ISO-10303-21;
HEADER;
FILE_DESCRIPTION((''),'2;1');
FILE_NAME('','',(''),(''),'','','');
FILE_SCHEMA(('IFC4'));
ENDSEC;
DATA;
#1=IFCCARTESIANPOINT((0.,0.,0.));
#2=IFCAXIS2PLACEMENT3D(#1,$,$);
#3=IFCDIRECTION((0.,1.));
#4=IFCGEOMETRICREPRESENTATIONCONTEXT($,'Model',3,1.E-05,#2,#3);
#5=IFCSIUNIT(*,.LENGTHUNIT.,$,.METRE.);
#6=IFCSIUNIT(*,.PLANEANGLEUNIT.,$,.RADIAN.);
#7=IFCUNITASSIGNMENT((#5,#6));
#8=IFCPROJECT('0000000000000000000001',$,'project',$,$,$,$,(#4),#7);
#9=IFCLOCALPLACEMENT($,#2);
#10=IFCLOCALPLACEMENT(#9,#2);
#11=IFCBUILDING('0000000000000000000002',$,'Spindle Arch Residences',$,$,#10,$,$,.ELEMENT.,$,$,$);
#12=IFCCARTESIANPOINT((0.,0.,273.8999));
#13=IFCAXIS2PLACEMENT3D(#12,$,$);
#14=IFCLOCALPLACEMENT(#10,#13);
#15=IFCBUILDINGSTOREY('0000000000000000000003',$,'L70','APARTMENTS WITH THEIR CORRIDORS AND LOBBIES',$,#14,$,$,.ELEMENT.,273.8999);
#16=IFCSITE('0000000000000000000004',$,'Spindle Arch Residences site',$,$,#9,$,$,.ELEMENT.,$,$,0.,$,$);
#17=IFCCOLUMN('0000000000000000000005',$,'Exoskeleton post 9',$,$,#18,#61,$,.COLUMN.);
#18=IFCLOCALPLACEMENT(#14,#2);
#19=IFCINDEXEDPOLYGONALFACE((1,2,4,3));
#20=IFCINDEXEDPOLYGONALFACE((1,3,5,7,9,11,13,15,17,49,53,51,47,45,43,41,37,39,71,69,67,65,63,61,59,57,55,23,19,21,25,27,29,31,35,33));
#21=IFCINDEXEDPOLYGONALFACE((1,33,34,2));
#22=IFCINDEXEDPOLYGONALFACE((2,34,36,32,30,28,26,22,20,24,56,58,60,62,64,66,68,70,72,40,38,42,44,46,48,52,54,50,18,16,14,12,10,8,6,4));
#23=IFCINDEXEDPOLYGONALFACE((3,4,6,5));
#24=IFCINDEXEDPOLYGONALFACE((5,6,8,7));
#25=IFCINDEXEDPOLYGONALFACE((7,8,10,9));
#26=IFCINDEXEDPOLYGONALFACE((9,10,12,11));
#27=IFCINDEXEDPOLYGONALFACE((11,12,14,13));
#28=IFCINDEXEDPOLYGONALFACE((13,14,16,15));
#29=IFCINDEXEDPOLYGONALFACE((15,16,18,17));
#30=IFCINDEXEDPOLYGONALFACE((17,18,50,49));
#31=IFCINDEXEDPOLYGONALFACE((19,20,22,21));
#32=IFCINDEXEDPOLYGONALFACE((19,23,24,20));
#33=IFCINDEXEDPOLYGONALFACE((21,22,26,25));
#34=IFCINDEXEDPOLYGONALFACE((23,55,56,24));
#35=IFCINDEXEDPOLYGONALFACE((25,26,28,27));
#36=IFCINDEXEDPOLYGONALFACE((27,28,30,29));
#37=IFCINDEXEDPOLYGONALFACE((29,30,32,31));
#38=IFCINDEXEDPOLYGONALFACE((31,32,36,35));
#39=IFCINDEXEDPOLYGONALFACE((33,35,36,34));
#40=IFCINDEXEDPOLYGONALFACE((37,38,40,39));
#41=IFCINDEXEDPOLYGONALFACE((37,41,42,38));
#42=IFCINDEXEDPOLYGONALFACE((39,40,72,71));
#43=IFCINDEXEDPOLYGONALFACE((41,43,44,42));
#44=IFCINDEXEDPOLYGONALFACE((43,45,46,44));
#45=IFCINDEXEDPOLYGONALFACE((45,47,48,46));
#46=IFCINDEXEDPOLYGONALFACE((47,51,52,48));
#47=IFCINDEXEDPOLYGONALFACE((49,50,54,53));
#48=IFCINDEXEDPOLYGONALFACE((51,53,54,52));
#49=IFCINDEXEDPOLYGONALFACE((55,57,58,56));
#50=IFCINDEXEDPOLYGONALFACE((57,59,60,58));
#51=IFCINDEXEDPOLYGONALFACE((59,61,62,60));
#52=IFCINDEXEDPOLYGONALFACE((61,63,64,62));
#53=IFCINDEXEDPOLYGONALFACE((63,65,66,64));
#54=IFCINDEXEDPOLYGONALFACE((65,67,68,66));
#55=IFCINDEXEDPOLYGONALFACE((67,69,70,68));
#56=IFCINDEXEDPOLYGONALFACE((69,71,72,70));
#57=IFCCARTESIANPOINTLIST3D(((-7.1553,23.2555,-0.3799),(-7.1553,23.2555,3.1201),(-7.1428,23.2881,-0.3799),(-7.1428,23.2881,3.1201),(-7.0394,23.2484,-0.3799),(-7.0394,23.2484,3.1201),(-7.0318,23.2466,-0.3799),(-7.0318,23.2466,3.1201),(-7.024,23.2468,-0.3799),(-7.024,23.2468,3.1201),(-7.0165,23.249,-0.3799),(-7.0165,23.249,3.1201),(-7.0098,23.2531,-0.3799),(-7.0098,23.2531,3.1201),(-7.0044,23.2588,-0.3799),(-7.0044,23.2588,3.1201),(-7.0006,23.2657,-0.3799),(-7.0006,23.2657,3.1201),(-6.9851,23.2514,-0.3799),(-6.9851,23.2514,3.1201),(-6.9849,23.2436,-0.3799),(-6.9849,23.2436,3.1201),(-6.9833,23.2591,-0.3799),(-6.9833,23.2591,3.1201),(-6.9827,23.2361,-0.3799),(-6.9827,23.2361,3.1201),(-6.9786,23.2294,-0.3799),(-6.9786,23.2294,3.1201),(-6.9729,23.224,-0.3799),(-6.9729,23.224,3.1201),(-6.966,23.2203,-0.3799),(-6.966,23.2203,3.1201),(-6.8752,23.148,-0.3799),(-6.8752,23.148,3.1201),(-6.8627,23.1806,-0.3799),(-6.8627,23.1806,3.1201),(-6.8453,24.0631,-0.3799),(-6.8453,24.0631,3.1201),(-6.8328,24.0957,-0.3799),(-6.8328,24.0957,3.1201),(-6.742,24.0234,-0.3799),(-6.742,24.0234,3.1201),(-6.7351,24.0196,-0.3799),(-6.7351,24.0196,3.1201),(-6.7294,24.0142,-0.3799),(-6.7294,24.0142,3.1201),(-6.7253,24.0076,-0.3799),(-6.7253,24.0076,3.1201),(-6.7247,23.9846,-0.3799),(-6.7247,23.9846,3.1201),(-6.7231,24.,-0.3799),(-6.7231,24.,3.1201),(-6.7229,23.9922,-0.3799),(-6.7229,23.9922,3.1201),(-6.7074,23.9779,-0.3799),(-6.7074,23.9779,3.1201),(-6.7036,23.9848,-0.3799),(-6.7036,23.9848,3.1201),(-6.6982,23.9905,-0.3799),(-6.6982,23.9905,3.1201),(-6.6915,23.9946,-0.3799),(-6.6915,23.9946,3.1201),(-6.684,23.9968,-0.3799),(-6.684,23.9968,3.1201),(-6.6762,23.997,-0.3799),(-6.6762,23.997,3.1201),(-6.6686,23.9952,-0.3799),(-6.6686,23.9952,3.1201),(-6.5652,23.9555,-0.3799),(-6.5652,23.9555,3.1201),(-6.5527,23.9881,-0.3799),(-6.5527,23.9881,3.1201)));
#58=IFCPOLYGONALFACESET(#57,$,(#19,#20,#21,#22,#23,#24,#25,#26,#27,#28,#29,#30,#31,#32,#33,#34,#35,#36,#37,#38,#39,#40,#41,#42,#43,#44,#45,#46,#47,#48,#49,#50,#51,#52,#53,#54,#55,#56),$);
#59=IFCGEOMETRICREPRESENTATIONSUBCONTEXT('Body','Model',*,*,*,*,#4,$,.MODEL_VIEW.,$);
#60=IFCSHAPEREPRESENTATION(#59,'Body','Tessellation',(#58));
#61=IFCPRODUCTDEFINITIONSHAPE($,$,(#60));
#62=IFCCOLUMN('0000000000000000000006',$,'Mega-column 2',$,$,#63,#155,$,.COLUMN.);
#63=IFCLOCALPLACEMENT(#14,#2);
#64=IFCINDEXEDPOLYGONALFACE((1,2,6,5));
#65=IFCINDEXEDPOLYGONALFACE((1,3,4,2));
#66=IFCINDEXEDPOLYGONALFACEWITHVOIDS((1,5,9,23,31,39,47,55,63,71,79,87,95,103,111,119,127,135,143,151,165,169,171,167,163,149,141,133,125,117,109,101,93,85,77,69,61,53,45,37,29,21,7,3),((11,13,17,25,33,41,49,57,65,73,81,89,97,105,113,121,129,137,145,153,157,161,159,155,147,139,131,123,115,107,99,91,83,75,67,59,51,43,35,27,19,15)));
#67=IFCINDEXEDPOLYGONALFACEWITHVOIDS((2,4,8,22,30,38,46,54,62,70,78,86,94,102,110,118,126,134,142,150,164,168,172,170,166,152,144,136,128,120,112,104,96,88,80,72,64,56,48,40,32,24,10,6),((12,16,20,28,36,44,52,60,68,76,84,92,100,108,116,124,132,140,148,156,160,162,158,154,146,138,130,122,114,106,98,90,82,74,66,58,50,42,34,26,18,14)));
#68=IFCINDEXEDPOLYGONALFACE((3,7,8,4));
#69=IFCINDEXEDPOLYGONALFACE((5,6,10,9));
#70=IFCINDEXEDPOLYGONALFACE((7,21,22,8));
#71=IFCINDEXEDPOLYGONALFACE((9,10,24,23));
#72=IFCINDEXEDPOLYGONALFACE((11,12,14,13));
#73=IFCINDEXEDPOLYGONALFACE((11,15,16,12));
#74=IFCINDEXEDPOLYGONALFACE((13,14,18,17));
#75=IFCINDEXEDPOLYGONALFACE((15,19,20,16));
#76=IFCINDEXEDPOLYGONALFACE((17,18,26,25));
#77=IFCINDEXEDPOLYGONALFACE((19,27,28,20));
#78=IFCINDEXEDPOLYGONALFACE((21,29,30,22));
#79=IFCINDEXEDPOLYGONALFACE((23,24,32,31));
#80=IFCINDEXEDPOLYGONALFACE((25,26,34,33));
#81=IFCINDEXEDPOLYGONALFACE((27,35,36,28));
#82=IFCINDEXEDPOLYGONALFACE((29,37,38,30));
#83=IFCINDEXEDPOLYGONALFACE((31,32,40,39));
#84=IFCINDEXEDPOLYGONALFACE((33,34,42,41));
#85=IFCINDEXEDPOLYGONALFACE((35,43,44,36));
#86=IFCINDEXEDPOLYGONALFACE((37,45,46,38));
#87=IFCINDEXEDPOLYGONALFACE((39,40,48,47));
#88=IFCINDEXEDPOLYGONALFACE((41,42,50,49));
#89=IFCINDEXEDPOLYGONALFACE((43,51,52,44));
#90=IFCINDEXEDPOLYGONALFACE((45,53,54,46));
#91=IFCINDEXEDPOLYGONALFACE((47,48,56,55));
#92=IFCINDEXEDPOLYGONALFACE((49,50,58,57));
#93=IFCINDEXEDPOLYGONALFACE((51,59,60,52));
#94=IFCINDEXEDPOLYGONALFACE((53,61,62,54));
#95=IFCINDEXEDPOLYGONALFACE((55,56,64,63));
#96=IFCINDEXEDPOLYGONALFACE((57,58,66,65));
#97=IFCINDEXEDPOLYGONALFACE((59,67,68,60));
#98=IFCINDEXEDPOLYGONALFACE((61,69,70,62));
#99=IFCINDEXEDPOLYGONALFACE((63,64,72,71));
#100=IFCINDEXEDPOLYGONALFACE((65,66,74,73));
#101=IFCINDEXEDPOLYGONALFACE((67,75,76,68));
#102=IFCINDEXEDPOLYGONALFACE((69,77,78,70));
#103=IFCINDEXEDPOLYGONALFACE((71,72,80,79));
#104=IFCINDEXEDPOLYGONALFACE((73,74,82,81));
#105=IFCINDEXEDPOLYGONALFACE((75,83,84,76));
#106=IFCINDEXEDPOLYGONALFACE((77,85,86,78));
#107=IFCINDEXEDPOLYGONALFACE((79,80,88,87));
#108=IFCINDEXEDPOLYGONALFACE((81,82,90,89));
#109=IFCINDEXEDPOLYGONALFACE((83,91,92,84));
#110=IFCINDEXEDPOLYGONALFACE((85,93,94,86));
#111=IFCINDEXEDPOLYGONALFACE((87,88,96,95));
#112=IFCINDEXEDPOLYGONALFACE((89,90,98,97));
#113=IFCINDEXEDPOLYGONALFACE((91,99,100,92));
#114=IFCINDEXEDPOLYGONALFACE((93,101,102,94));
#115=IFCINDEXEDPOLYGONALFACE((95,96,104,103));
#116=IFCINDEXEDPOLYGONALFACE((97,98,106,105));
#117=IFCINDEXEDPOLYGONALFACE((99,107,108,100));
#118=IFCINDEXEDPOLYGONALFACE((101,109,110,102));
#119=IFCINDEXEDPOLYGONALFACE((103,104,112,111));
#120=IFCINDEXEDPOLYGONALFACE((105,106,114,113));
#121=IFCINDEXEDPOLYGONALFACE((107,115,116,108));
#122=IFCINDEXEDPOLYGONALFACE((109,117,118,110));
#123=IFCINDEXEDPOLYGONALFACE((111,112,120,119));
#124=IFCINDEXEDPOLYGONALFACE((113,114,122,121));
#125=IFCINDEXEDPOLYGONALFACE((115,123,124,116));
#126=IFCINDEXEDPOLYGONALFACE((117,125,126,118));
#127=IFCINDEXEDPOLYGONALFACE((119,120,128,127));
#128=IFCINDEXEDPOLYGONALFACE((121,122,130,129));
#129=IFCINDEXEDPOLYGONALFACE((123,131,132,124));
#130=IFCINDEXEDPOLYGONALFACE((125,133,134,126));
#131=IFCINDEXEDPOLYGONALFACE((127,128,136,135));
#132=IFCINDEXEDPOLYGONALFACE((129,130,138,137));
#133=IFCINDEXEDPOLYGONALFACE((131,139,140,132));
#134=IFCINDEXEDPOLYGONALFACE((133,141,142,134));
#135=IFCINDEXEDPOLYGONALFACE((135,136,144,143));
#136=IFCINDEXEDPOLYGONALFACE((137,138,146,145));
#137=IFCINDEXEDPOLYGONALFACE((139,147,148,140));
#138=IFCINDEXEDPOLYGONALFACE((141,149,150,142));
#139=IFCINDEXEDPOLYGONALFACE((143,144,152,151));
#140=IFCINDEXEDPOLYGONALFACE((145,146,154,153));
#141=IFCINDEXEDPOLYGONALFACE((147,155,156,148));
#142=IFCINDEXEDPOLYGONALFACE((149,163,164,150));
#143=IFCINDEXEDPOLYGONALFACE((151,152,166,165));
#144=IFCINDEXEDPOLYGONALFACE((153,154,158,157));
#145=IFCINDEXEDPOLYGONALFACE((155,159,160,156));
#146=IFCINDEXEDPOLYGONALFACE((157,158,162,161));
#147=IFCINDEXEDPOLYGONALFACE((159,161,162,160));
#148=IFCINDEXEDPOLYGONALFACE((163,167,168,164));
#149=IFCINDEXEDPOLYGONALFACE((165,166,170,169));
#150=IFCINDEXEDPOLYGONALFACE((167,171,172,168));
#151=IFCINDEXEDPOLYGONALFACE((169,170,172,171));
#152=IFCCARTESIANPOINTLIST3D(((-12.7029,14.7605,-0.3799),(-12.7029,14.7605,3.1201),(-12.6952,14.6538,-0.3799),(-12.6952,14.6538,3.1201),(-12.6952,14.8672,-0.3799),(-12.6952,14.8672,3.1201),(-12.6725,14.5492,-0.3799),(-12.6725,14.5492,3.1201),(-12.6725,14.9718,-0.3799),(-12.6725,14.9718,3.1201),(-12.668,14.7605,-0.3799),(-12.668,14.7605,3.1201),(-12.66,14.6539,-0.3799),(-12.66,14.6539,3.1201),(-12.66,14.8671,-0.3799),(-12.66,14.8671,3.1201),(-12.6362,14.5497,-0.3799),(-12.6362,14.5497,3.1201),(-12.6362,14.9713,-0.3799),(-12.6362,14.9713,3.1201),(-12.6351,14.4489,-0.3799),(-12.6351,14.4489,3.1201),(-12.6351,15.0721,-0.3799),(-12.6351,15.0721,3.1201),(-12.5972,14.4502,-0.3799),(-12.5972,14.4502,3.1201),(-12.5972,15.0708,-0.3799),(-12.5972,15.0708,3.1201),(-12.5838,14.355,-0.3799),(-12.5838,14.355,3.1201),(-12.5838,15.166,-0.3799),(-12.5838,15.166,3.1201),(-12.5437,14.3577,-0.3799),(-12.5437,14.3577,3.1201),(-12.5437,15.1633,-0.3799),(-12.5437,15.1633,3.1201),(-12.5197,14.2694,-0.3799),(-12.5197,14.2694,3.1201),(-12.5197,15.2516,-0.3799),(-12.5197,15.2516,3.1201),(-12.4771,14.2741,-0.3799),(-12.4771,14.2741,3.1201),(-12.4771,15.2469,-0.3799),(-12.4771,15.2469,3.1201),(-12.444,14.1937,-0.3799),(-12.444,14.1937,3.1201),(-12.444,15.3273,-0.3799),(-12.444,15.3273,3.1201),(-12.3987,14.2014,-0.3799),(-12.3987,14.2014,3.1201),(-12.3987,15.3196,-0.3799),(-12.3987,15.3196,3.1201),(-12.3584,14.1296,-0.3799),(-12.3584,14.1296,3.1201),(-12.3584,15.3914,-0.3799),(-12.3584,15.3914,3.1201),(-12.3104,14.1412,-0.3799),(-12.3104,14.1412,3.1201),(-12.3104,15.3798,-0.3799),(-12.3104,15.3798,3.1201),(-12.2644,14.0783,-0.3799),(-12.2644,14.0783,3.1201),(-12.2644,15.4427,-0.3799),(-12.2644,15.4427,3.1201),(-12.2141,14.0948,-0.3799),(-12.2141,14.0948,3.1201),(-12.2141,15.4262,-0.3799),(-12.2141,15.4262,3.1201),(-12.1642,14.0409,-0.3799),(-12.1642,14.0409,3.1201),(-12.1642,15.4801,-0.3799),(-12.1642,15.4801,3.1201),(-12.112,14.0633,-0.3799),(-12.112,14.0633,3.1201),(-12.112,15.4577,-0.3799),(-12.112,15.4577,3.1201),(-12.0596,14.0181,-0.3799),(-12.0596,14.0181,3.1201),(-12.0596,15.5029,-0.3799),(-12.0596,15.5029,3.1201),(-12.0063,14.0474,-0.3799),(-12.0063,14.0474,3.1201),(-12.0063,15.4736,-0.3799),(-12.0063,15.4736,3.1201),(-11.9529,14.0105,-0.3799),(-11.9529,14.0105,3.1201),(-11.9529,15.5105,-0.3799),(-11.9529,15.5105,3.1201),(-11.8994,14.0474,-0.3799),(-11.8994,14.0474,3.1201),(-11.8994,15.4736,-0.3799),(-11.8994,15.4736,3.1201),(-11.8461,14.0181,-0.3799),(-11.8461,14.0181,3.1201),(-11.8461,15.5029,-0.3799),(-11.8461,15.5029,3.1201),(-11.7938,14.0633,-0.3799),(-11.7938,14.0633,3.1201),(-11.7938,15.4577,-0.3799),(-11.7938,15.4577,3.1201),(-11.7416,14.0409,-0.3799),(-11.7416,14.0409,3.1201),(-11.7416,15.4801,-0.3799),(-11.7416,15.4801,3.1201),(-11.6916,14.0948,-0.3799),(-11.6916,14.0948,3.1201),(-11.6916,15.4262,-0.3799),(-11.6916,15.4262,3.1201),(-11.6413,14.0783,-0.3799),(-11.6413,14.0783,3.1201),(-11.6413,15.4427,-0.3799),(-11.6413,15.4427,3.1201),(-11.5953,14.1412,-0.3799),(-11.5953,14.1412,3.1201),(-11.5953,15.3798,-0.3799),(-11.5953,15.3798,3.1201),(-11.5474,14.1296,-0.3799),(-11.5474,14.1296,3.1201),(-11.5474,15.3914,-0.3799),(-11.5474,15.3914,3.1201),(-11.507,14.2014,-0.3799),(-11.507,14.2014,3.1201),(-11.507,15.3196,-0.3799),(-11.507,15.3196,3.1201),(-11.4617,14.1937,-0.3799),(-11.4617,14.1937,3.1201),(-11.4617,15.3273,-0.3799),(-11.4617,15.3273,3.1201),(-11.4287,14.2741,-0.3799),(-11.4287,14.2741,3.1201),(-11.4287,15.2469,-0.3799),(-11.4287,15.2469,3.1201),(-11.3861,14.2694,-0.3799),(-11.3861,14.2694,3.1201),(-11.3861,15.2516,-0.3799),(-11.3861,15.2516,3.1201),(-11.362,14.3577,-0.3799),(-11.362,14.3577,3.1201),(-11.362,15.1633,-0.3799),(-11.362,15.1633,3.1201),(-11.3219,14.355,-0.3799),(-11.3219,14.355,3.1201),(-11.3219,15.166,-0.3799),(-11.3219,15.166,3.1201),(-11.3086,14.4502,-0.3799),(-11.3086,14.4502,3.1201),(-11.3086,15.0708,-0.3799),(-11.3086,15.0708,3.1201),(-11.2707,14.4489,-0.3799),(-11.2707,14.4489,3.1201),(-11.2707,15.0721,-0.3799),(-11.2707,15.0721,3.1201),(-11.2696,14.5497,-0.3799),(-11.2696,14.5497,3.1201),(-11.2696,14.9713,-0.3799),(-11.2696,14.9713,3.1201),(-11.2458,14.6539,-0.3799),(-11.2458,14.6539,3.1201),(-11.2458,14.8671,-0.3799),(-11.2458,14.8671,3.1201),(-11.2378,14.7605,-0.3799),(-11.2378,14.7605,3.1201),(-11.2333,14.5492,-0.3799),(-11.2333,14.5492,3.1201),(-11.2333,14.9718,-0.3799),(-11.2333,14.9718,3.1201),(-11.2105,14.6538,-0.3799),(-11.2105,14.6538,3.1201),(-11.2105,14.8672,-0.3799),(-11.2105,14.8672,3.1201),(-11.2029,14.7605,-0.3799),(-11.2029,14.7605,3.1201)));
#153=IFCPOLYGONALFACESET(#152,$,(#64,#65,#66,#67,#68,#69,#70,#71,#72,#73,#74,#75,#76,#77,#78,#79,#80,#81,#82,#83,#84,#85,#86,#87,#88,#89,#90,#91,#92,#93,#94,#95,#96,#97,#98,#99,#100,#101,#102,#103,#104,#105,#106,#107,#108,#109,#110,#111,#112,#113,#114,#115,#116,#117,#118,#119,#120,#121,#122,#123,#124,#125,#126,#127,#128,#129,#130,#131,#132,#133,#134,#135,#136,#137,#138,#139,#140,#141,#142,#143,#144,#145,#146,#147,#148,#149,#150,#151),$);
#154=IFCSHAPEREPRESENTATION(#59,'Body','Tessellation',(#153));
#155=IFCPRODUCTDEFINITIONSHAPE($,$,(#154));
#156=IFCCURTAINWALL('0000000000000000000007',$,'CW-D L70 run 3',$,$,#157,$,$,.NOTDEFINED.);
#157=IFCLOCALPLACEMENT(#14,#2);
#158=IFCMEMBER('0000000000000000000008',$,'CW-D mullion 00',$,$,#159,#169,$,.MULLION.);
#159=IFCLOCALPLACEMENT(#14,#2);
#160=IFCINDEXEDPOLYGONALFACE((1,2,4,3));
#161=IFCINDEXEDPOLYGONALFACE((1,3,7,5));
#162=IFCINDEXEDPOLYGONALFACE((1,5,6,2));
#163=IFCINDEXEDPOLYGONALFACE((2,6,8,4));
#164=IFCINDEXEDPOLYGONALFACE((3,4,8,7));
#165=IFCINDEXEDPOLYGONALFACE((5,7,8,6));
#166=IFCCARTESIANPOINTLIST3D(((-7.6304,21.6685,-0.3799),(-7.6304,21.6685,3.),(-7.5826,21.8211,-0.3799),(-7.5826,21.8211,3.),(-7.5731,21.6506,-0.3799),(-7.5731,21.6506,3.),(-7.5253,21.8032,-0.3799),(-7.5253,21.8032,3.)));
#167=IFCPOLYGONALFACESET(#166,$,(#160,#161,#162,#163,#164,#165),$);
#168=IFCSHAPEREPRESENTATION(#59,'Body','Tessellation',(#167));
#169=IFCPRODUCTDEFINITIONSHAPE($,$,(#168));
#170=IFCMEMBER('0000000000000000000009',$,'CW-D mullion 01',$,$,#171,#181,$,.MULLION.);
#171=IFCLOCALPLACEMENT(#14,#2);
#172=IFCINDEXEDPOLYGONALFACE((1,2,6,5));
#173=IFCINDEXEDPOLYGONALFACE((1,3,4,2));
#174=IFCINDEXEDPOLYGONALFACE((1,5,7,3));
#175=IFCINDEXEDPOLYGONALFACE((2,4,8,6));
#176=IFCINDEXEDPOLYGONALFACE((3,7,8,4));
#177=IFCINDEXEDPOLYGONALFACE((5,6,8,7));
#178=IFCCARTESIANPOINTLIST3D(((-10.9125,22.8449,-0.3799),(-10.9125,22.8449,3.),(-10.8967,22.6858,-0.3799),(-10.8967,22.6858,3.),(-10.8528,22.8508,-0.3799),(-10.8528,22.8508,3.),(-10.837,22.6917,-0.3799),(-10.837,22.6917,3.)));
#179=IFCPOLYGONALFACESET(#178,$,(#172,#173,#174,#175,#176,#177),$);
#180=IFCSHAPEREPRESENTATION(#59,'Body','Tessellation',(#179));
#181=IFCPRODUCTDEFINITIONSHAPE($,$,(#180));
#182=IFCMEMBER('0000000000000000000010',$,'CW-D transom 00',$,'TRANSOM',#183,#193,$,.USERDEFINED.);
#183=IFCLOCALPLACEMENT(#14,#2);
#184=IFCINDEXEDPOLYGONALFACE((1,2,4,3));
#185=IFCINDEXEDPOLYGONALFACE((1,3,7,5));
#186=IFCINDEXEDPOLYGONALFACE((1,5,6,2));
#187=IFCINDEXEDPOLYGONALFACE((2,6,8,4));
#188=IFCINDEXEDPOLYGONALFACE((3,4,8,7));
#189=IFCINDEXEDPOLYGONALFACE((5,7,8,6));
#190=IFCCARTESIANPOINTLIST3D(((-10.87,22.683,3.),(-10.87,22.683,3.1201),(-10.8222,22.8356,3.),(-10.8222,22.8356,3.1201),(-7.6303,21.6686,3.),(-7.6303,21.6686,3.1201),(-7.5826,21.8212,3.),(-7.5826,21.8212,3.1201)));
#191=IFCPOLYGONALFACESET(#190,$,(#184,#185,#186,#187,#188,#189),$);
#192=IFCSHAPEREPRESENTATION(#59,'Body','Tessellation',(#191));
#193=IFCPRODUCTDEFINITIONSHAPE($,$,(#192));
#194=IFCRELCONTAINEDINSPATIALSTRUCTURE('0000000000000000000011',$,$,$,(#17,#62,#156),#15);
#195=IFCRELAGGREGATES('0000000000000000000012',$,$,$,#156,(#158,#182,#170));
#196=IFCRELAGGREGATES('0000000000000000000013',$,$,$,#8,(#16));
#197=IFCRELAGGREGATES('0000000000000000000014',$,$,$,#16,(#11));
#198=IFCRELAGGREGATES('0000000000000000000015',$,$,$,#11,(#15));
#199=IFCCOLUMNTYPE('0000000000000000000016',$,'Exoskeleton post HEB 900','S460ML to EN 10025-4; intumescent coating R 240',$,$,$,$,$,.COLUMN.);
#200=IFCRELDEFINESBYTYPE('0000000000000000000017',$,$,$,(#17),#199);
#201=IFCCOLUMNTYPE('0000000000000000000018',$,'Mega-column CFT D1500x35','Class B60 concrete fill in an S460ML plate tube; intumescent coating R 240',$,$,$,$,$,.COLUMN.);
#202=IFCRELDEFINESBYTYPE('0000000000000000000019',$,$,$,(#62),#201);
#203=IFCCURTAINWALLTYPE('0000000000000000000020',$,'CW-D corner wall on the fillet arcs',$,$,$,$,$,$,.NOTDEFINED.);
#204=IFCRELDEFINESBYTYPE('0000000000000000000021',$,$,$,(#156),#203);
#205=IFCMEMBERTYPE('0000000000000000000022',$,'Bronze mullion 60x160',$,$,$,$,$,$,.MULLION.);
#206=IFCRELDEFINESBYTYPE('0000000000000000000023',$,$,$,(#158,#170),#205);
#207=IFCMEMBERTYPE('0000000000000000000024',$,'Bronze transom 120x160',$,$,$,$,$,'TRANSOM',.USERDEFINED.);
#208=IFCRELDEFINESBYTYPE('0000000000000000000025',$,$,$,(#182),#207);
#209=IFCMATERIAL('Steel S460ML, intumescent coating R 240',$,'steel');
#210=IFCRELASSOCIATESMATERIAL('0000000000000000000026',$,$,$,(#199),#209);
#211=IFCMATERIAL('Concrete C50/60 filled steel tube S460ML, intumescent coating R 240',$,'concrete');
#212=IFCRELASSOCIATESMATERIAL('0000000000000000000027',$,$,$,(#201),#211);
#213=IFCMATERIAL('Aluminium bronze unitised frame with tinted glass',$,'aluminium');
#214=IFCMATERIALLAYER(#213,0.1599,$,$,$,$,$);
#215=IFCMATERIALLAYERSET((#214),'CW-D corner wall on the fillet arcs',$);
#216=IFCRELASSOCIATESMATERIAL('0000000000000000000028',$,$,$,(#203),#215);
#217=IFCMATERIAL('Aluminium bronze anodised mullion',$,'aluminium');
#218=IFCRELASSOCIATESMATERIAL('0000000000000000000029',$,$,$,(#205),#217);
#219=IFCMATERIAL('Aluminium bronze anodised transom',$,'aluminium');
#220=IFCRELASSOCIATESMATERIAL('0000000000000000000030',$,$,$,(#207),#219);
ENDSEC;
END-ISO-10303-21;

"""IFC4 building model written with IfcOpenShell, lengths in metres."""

from ifc_helpers import new_model, si_unit, direction, frame, origin, origin_2d, place, context, subcontext, project, spatial, rectangle, hollow_circle, i_section, extrude, material, layer, layer_set, material_profile, profile_set, type_object, element, aggregate, save


model = new_model("IFC4")

# Units and contexts
model_context = context("Model", 3, precision=1e-05, world=origin(), true_north=direction((0.0, 1.0)))
body_context = subcontext(model_context, "Body", "Model", "MODEL_VIEW")
ifc_project = project(units=[si_unit("LENGTHUNIT", "METRE"), si_unit("PLANEANGLEUNIT", "RADIAN")], contexts=[model_context])

# Site, building, storey
site_placement = place(None, origin())
site = spatial("IfcSite", under=ifc_project, at=site_placement, Name="Spindle Arch Residences site", CompositionType="ELEMENT", RefElevation=0.0)
building_placement = place(site_placement, origin())
building = spatial("IfcBuilding", under=site, at=building_placement, Name="Spindle Arch Residences", CompositionType="ELEMENT")
storey_placement = place(building_placement, frame((0.0, 0.0, 273.8999)))
storey = spatial("IfcBuildingStorey", under=building, at=storey_placement, Name="L70", Description="APARTMENTS WITH THEIR CORRIDORS AND LOBBIES", CompositionType="ELEMENT", Elevation=273.8999)

# Columns
ifc_material_1 = material(Name="Steel S460ML, intumescent coating R 240", Category="steel")
ifc_material_profile_1 = material_profile(ifc_material_1, i_section(OverallWidth=0.3, OverallDepth=0.8999, WebThickness=0.0186, FlangeThickness=0.0349, FilletRadius=0.03, at=origin_2d()), Name="HEB 900")
ifc_profile_set_1 = profile_set([ifc_material_profile_1], Name="Steel S460ML, intumescent coating R 240")
column_type_1 = type_object("IfcColumnType", Name="Exoskeleton post HEB 900", Description="S460ML to EN 10025-4; intumescent coating R 240", PredefinedType="COLUMN", material=ifc_profile_set_1)
column_1_placement = place(storey_placement, frame((-6.854, 23.6218, -0.3799), z_axis=(0.0, 0.0, 1.0), x_axis=(0.93358, -0.358368, 0.0)))
element("IfcColumn", 1, at=column_1_placement, inside=storey, type_object=column_type_1, Name="Exoskeleton post 9", PredefinedType="COLUMN", context=body_context, shape_type="SweptSolid", body=[
    extrude(i_section(OverallWidth=0.3, OverallDepth=0.8999, WebThickness=0.0186, FlangeThickness=0.0349, FilletRadius=0.03, at=origin_2d()), origin(), (0.0, 0.0, 1.0), 3.5),
])
ifc_material_2 = material(Name="Concrete C50/60 filled steel tube S460ML, intumescent coating R 240", Category="concrete")
ifc_material_profile_2 = material_profile(ifc_material_2, hollow_circle(Radius=0.75, WallThickness=0.0349, at=origin_2d()), Name="CFT D1500x35")
ifc_profile_set_2 = profile_set([ifc_material_profile_2], Name="Concrete C50/60 filled steel tube S460ML, intumescent coating R 240")
column_type_2 = type_object("IfcColumnType", Name="Mega-column CFT D1500x35", Description="Class B60 concrete fill in an S460ML plate tube; intumescent coating R 240", PredefinedType="COLUMN", material=ifc_profile_set_2)
column_2_placement = place(storey_placement, frame((-11.9529, 14.7605, -0.3799), z_axis=(0.0, 0.0, 1.0), x_axis=(1.0, 0.0, 0.0)))
element("IfcColumn", 2, at=column_2_placement, inside=storey, type_object=column_type_2, Name="Mega-column 2", PredefinedType="COLUMN", context=body_context, shape_type="SweptSolid", body=[
    extrude(hollow_circle(Radius=0.75, WallThickness=0.0349, at=origin_2d()), origin(), (0.0, 0.0, 1.0), 3.5),
])

# Curtain wall, members
ifc_material_3 = material(Name="Aluminium bronze unitised frame with tinted glass", Category="aluminium")
ifc_layer_1 = layer(ifc_material_3, 0.1599)
ifc_layer_set_1 = layer_set([ifc_layer_1], Name="CW-D corner wall on the fillet arcs")
curtain_wall_type_1 = type_object("IfcCurtainWallType", Name="CW-D corner wall on the fillet arcs", PredefinedType="NOTDEFINED", material=ifc_layer_set_1)
curtain_wall_1_placement = place(storey_placement, origin())
curtain_wall_1 = element("IfcCurtainWall", 3, at=curtain_wall_1_placement, inside=storey, type_object=curtain_wall_type_1, Name="CW-D L70 run 3", PredefinedType="NOTDEFINED")
ifc_material_4 = material(Name="Aluminium bronze anodised mullion", Category="aluminium")
ifc_material_profile_3 = material_profile(ifc_material_4, rectangle(XDim=0.1599, YDim=0.0601, at=origin_2d()), Name="MU 60x160")
ifc_profile_set_3 = profile_set([ifc_material_profile_3], Name="Aluminium bronze anodised mullion")
member_type_1 = type_object("IfcMemberType", Name="Bronze mullion 60x160", PredefinedType="MULLION", material=ifc_profile_set_3)
member_1_placement = place(storey_placement, frame((-7.5779, 21.7358, -0.3799), z_axis=(0.0, 0.0, 1.0), x_axis=(-0.298803, -0.954315, 0.0)))
member_1 = element("IfcMember", 4, at=member_1_placement, type_object=member_type_1, Name="CW-D mullion 00", PredefinedType="MULLION", context=body_context, shape_type="SweptSolid", body=[
    extrude(rectangle(XDim=0.1599, YDim=0.0601, at=origin_2d()), origin(), (0.0, 0.0, 1.0), 3.3799),
])
member_2_placement = place(storey_placement, frame((-10.8748, 22.7683, -0.3799), z_axis=(0.0, 0.0, 1.0), x_axis=(0.098741, -0.995113, 0.0)))
member_2 = element("IfcMember", 5, at=member_2_placement, type_object=member_type_1, Name="CW-D mullion 01", PredefinedType="MULLION", context=body_context, shape_type="SweptSolid", body=[
    extrude(rectangle(XDim=0.1599, YDim=0.0601, at=origin_2d()), origin(), (0.0, 0.0, 1.0), 3.3799),
])
ifc_material_5 = material(Name="Aluminium bronze anodised transom", Category="aluminium")
ifc_material_profile_4 = material_profile(ifc_material_5, rectangle(XDim=0.1599, YDim=0.1201, at=origin_2d()), Name="TR 120x160")
ifc_profile_set_4 = profile_set([ifc_material_profile_4], Name="Aluminium bronze anodised transom")
member_type_2 = type_object("IfcMemberType", Name="Bronze transom 120x160", ElementType="TRANSOM", PredefinedType="USERDEFINED", material=ifc_profile_set_4)
member_3_placement = place(storey_placement, frame((-7.6064, 21.7449, 3.0601), z_axis=(-0.954313, 0.298807, 0.0), x_axis=(-0.298807, -0.954313, 0.0)))
member_3 = element("IfcMember", 6, at=member_3_placement, type_object=member_type_2, Name="CW-D transom 00", ObjectType="TRANSOM", PredefinedType="USERDEFINED", context=body_context, shape_type="SweptSolid", body=[
    extrude(rectangle(XDim=0.1599, YDim=0.1201, at=origin_2d()), origin(), (0.0, 0.0, 1.0), 3.3948),
])

aggregate(curtain_wall_1, [member_1, member_3, member_2])

save(model, "model.ifc")
